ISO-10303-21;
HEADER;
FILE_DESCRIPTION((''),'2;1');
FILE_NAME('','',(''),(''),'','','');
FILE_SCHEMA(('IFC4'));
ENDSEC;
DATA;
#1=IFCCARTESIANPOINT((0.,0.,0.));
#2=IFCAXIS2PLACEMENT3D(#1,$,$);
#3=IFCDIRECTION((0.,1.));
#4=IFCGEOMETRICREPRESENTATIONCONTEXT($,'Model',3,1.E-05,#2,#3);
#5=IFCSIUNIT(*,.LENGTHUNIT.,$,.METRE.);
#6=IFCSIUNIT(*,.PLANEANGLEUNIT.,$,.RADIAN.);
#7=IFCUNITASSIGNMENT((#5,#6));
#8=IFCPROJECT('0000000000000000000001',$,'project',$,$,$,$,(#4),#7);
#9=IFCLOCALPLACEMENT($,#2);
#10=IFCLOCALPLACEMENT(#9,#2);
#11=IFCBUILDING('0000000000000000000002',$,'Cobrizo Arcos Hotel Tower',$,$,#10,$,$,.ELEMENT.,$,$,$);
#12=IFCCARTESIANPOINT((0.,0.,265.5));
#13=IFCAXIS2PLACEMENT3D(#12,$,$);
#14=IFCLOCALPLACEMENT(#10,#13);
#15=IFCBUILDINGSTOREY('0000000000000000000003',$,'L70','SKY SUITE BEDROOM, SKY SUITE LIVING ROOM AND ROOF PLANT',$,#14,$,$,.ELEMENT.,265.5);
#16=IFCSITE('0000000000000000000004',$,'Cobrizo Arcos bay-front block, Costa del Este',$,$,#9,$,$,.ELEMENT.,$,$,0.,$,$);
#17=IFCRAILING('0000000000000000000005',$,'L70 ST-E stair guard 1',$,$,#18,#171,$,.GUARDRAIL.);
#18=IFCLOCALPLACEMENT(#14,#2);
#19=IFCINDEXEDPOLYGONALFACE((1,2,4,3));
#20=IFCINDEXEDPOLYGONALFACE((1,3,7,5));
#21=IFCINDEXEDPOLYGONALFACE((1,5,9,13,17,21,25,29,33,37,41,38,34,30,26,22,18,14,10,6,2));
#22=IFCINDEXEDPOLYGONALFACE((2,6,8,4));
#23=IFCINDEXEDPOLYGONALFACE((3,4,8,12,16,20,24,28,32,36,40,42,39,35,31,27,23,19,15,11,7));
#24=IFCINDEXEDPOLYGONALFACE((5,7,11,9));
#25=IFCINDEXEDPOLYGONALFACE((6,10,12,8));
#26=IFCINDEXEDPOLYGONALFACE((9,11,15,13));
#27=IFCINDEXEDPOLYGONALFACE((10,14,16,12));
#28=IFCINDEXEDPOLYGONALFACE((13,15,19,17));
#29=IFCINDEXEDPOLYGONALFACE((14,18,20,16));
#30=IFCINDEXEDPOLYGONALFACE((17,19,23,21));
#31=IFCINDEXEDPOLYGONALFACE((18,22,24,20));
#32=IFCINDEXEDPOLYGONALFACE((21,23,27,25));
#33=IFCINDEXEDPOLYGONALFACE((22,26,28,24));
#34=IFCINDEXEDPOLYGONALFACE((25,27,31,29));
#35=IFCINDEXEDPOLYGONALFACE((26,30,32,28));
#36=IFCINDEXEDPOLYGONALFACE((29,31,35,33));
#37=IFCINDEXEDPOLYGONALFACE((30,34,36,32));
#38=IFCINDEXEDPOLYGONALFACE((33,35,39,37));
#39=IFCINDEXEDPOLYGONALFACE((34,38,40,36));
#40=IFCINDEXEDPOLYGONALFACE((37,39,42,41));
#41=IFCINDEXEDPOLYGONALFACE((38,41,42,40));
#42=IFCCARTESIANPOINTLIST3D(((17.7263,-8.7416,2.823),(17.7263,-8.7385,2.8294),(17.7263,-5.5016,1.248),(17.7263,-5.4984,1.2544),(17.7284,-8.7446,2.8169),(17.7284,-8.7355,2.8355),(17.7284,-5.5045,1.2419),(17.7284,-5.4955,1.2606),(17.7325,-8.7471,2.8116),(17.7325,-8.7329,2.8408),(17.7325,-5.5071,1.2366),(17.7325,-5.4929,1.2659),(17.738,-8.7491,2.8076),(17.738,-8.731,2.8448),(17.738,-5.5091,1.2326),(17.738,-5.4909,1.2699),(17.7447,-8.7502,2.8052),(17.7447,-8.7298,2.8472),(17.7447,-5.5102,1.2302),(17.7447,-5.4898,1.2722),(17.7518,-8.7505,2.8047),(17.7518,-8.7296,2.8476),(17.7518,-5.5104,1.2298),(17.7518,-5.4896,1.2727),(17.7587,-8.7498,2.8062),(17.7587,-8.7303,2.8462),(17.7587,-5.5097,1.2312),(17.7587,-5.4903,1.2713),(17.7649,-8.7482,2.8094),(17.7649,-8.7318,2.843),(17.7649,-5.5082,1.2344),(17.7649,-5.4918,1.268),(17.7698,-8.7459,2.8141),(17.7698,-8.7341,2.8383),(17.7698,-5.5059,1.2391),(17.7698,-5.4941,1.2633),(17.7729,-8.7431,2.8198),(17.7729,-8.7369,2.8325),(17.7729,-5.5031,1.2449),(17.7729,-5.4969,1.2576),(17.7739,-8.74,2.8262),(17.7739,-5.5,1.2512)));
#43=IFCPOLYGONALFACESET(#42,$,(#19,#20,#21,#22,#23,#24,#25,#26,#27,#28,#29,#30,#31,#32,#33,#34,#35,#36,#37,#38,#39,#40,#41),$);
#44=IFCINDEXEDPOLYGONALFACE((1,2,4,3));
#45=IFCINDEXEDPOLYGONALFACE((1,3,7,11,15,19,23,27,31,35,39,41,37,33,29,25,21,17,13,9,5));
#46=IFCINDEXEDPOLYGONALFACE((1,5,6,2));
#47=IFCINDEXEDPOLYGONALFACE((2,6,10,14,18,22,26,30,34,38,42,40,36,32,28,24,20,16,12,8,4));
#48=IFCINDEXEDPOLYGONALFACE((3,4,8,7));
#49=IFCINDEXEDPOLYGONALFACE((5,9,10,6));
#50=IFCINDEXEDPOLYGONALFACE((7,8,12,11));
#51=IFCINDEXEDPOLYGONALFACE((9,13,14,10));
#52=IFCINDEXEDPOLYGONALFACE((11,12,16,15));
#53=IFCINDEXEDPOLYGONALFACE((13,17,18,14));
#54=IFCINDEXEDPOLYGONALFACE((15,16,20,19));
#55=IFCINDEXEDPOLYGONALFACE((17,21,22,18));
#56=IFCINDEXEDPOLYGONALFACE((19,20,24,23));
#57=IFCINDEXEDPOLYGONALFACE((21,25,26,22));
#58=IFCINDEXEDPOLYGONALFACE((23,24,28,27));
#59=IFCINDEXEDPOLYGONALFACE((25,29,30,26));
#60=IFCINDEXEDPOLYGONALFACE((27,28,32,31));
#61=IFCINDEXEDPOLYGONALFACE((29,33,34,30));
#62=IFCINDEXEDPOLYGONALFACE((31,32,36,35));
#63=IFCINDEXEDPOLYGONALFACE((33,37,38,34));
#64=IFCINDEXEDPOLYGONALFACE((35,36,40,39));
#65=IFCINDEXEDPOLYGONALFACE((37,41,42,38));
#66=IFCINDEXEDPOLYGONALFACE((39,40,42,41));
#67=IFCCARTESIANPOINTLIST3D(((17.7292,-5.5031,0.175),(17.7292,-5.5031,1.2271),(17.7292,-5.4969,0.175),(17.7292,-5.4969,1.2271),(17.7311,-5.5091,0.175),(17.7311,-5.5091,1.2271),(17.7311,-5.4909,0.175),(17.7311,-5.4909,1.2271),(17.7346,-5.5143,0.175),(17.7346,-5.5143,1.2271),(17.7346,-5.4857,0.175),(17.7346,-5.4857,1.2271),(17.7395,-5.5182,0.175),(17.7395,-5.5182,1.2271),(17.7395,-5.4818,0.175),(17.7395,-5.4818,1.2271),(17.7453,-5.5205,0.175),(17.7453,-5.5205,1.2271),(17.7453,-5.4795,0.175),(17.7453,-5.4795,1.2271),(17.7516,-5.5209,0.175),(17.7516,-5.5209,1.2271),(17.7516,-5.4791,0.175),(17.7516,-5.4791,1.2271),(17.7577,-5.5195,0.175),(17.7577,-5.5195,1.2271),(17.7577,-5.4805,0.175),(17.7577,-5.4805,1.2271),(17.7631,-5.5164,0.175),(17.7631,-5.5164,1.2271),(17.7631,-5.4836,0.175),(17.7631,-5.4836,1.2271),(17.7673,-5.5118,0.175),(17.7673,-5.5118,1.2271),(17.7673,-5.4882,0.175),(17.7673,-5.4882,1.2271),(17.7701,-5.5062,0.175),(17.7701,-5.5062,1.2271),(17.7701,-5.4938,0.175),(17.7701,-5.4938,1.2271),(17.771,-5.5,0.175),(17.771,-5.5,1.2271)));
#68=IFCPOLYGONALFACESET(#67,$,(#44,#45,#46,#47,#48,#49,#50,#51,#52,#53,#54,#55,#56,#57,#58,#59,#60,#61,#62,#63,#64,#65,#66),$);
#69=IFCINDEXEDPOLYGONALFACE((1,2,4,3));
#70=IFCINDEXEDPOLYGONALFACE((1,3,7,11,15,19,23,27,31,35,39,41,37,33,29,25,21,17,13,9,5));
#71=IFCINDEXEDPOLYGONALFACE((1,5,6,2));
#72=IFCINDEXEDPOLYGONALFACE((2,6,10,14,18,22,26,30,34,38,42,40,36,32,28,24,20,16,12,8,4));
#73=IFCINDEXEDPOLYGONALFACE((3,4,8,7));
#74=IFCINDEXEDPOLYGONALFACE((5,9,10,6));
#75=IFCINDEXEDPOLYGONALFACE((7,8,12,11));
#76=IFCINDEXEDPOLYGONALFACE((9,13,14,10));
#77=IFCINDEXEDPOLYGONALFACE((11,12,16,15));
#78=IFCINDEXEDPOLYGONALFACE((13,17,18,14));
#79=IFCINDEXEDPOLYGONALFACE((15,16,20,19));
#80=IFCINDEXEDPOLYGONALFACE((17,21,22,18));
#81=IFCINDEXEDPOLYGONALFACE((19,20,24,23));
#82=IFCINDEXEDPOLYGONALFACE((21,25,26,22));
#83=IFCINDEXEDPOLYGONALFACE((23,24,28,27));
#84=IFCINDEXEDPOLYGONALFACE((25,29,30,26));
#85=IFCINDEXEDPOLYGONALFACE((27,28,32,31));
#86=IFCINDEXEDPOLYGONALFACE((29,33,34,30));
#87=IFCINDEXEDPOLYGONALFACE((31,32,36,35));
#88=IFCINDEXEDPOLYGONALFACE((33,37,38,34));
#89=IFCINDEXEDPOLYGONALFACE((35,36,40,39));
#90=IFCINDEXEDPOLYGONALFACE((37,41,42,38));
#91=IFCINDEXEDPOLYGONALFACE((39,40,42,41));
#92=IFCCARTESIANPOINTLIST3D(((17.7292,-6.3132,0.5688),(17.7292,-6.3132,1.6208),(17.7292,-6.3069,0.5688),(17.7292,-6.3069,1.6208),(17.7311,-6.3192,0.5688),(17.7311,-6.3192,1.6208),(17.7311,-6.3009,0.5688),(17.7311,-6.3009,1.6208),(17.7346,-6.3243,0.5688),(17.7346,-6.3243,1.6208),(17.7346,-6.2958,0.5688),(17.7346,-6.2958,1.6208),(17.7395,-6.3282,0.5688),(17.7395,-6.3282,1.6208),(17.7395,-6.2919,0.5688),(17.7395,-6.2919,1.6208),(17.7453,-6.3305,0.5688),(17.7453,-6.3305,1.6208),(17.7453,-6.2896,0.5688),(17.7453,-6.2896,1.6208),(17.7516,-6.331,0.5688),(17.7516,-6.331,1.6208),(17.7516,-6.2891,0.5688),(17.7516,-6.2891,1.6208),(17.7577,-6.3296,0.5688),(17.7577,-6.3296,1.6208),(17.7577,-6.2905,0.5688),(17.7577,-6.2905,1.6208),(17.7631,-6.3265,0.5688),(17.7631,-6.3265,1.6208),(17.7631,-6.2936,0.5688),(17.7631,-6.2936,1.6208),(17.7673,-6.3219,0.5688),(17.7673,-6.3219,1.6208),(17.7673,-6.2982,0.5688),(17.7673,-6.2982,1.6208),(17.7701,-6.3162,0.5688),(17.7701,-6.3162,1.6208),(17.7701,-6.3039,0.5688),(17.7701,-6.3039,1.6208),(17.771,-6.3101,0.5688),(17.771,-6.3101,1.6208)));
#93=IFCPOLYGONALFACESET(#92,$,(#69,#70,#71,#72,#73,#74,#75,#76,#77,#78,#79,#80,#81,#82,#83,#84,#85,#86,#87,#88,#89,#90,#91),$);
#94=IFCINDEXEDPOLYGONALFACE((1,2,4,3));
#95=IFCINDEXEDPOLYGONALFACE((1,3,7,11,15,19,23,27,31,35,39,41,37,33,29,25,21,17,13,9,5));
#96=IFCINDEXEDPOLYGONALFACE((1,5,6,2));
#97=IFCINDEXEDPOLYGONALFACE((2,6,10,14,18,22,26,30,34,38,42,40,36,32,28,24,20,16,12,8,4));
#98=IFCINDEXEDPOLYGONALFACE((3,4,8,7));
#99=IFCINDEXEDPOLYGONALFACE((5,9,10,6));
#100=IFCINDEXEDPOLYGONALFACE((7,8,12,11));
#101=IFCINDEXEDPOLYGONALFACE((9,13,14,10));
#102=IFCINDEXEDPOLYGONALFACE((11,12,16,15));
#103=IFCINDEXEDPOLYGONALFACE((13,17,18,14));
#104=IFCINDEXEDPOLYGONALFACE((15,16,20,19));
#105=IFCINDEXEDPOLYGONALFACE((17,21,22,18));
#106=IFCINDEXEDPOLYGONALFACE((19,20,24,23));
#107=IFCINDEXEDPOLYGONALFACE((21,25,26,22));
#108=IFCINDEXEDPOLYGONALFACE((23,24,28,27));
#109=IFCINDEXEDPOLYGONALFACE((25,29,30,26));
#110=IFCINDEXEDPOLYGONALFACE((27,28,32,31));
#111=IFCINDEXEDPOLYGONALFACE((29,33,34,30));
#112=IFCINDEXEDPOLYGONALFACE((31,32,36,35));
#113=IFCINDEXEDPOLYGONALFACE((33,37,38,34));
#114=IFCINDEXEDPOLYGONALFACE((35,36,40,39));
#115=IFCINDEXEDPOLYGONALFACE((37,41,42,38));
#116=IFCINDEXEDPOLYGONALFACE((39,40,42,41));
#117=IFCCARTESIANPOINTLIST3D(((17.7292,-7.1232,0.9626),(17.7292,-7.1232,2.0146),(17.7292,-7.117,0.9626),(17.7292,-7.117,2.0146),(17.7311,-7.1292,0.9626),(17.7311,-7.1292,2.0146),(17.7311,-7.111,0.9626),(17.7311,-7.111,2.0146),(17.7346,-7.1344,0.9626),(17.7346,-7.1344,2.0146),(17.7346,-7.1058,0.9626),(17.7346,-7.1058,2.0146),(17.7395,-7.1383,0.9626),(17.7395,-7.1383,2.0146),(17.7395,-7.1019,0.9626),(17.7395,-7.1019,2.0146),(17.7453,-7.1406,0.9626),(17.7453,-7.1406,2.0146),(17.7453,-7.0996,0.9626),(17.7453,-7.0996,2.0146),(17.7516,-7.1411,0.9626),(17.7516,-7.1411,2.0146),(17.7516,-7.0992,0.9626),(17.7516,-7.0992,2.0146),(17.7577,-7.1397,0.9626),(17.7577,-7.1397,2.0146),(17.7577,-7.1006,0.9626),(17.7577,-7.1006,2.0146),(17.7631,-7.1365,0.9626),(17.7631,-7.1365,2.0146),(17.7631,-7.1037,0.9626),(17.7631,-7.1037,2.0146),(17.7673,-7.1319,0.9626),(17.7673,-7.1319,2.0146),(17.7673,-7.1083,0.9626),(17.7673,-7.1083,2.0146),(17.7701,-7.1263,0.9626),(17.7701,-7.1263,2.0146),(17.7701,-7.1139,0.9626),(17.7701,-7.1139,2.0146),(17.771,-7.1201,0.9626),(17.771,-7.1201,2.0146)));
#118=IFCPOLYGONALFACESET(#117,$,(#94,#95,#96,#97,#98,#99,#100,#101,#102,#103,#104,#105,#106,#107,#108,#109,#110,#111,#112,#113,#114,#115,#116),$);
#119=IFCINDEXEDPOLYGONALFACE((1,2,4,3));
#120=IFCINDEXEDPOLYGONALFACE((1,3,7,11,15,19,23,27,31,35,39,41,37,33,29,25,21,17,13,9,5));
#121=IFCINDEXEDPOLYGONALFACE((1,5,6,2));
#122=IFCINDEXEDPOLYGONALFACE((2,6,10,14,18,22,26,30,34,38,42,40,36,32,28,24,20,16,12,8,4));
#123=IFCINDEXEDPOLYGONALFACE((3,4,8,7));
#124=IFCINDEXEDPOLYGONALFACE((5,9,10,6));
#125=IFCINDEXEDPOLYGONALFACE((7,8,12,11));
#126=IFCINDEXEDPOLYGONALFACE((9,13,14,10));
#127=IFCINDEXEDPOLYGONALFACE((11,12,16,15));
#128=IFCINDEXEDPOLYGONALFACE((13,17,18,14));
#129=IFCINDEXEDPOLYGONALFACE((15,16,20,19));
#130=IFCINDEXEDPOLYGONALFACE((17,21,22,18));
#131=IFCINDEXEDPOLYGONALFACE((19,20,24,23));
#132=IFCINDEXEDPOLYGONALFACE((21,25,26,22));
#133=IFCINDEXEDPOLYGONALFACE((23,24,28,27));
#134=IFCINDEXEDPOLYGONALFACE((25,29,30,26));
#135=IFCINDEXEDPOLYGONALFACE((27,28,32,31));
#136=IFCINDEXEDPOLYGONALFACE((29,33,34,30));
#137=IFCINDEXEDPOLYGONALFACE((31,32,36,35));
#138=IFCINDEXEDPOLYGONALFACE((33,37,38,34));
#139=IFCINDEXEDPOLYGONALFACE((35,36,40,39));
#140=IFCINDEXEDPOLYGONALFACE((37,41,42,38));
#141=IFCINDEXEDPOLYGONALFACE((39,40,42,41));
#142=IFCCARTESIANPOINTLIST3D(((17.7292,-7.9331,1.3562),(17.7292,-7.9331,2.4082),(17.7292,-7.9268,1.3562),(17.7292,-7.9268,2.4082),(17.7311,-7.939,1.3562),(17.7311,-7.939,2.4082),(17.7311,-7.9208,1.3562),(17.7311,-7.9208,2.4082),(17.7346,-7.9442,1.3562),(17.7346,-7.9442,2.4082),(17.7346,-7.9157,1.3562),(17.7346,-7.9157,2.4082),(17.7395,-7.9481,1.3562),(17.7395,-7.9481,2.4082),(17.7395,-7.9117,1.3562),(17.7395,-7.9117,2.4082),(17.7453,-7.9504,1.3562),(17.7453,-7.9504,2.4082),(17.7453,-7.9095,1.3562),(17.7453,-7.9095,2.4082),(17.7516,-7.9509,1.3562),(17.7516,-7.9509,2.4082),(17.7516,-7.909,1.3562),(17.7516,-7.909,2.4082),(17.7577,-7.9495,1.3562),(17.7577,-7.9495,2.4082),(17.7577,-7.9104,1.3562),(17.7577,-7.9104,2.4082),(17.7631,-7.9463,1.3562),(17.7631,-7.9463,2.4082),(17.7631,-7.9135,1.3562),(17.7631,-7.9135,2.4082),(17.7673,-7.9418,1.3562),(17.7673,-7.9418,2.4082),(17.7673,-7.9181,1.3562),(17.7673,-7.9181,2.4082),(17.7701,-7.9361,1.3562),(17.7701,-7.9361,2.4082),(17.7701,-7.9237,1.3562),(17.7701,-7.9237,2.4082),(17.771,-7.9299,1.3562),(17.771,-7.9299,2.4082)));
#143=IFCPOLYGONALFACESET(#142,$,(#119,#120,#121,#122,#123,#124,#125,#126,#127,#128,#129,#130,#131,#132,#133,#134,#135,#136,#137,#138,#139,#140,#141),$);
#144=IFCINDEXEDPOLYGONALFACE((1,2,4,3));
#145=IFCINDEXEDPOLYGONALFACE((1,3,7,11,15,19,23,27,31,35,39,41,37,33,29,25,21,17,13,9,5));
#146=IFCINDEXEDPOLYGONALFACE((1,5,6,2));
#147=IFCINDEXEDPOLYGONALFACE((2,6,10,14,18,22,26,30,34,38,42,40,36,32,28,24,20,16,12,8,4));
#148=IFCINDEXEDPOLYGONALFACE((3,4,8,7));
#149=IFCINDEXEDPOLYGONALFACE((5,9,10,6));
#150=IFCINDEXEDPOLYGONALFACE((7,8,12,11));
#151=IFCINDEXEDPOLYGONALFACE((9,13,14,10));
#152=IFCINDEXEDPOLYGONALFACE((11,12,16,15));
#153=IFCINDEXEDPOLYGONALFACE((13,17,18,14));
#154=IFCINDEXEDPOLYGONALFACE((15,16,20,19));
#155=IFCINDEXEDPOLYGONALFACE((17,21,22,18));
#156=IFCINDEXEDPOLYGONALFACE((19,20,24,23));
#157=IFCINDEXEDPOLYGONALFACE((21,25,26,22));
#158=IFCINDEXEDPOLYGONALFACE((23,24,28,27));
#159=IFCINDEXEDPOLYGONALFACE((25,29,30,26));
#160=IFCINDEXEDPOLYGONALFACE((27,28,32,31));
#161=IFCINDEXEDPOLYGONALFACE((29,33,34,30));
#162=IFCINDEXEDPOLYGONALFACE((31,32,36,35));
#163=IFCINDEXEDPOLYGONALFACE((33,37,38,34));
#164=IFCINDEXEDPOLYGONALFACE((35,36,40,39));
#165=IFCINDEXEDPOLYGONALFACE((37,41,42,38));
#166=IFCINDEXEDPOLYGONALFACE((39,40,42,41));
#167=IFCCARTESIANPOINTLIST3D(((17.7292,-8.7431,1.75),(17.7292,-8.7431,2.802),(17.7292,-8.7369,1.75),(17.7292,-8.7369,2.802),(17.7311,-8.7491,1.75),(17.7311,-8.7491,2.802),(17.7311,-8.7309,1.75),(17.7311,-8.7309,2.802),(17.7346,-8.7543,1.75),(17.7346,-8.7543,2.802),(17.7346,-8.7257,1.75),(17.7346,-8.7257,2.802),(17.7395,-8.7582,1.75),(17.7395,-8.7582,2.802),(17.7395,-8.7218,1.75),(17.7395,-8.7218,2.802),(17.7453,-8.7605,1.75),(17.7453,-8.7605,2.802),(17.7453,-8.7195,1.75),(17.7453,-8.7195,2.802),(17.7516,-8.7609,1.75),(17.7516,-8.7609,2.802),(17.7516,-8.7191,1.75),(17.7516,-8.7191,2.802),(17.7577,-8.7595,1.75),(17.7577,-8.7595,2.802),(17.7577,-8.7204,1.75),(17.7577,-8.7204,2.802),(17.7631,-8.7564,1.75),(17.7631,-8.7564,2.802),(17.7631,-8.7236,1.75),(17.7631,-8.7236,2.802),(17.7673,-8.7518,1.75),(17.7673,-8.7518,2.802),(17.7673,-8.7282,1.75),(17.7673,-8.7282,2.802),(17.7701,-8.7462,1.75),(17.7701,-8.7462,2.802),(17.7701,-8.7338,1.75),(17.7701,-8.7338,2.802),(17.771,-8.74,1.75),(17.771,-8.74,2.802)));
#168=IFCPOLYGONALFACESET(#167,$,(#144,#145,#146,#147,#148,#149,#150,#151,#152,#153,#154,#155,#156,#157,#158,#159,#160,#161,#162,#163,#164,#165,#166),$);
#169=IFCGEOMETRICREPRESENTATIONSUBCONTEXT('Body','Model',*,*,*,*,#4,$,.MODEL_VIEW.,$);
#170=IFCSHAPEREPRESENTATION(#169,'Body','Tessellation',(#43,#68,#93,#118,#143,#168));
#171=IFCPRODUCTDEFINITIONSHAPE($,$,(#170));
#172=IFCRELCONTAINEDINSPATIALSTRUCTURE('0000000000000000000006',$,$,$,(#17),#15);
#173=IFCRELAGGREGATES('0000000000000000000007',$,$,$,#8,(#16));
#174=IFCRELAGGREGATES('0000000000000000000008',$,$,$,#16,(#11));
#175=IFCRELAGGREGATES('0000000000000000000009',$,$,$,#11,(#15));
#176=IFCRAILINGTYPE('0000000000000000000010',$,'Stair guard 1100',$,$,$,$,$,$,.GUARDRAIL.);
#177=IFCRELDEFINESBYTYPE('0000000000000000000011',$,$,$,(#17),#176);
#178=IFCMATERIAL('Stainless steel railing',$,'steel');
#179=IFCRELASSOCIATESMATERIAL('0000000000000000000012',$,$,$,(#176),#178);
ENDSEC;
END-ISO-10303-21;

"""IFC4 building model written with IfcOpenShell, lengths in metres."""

from ifc_helpers import new_model, si_unit, direction, frame, origin, origin_2d, place, context, subcontext, project, spatial, circle, extrude, material, type_object, element, save


model = new_model("IFC4")

# Units and contexts
model_context = context("Model", 3, precision=1e-05, world=origin(), true_north=direction((0.0, 1.0)))
body_context = subcontext(model_context, "Body", "Model", "MODEL_VIEW")
ifc_project = project(units=[si_unit("LENGTHUNIT", "METRE"), si_unit("PLANEANGLEUNIT", "RADIAN")], contexts=[model_context])

# Site, building, storey
site_placement = place(None, origin())
site = spatial("IfcSite", under=ifc_project, at=site_placement, Name="Cobrizo Arcos bay-front block, Costa del Este", CompositionType="ELEMENT", RefElevation=0.0)
building_placement = place(site_placement, origin())
building = spatial("IfcBuilding", under=site, at=building_placement, Name="Cobrizo Arcos Hotel Tower", CompositionType="ELEMENT")
storey_placement = place(building_placement, frame((0.0, 0.0, 265.5)))
storey = spatial("IfcBuildingStorey", under=building, at=storey_placement, Name="L70", Description="SKY SUITE BEDROOM, SKY SUITE LIVING ROOM AND ROOF PLANT", CompositionType="ELEMENT", Elevation=265.5)

# Railing
ifc_material_1 = material(Name="Stainless steel railing", Category="steel")
railing_type_1 = type_object("IfcRailingType", Name="Stair guard 1100", PredefinedType="GUARDRAIL", material=ifc_material_1)
railing_1_placement = place(storey_placement, frame((17.75, -5.5, 0.175)))
element("IfcRailing", 1, at=railing_1_placement, inside=storey, type_object=railing_type_1, Name="L70 ST-E stair guard 1", PredefinedType="GUARDRAIL", context=body_context, shape_type="SweptSolid", body=[
    extrude(circle(Radius=0.0239, at=origin_2d()), frame((0.0, 0.0, 1.0762), z_axis=(0.0, -0.899373, 0.437183), x_axis=(1.0, 0.0, 0.0)), (0.0, 0.0, 1.0), 3.6025),
    extrude(circle(Radius=0.021, at=origin_2d()), origin(), (0.0, 0.0, 1.0), 1.052),
    extrude(circle(Radius=0.021, at=origin_2d()), frame((0.0, -0.8101, 0.3938)), (0.0, 0.0, 1.0), 1.052),
    extrude(circle(Radius=0.021, at=origin_2d()), frame((0.0, -1.6201, 0.7876)), (0.0, 0.0, 1.0), 1.052),
    extrude(circle(Radius=0.021, at=origin_2d()), frame((0.0, -2.4299, 1.1812)), (0.0, 0.0, 1.0), 1.052),
    extrude(circle(Radius=0.021, at=origin_2d()), frame((0.0, -3.24, 1.575)), (0.0, 0.0, 1.0), 1.052),
])

save(model, "model.ifc")
